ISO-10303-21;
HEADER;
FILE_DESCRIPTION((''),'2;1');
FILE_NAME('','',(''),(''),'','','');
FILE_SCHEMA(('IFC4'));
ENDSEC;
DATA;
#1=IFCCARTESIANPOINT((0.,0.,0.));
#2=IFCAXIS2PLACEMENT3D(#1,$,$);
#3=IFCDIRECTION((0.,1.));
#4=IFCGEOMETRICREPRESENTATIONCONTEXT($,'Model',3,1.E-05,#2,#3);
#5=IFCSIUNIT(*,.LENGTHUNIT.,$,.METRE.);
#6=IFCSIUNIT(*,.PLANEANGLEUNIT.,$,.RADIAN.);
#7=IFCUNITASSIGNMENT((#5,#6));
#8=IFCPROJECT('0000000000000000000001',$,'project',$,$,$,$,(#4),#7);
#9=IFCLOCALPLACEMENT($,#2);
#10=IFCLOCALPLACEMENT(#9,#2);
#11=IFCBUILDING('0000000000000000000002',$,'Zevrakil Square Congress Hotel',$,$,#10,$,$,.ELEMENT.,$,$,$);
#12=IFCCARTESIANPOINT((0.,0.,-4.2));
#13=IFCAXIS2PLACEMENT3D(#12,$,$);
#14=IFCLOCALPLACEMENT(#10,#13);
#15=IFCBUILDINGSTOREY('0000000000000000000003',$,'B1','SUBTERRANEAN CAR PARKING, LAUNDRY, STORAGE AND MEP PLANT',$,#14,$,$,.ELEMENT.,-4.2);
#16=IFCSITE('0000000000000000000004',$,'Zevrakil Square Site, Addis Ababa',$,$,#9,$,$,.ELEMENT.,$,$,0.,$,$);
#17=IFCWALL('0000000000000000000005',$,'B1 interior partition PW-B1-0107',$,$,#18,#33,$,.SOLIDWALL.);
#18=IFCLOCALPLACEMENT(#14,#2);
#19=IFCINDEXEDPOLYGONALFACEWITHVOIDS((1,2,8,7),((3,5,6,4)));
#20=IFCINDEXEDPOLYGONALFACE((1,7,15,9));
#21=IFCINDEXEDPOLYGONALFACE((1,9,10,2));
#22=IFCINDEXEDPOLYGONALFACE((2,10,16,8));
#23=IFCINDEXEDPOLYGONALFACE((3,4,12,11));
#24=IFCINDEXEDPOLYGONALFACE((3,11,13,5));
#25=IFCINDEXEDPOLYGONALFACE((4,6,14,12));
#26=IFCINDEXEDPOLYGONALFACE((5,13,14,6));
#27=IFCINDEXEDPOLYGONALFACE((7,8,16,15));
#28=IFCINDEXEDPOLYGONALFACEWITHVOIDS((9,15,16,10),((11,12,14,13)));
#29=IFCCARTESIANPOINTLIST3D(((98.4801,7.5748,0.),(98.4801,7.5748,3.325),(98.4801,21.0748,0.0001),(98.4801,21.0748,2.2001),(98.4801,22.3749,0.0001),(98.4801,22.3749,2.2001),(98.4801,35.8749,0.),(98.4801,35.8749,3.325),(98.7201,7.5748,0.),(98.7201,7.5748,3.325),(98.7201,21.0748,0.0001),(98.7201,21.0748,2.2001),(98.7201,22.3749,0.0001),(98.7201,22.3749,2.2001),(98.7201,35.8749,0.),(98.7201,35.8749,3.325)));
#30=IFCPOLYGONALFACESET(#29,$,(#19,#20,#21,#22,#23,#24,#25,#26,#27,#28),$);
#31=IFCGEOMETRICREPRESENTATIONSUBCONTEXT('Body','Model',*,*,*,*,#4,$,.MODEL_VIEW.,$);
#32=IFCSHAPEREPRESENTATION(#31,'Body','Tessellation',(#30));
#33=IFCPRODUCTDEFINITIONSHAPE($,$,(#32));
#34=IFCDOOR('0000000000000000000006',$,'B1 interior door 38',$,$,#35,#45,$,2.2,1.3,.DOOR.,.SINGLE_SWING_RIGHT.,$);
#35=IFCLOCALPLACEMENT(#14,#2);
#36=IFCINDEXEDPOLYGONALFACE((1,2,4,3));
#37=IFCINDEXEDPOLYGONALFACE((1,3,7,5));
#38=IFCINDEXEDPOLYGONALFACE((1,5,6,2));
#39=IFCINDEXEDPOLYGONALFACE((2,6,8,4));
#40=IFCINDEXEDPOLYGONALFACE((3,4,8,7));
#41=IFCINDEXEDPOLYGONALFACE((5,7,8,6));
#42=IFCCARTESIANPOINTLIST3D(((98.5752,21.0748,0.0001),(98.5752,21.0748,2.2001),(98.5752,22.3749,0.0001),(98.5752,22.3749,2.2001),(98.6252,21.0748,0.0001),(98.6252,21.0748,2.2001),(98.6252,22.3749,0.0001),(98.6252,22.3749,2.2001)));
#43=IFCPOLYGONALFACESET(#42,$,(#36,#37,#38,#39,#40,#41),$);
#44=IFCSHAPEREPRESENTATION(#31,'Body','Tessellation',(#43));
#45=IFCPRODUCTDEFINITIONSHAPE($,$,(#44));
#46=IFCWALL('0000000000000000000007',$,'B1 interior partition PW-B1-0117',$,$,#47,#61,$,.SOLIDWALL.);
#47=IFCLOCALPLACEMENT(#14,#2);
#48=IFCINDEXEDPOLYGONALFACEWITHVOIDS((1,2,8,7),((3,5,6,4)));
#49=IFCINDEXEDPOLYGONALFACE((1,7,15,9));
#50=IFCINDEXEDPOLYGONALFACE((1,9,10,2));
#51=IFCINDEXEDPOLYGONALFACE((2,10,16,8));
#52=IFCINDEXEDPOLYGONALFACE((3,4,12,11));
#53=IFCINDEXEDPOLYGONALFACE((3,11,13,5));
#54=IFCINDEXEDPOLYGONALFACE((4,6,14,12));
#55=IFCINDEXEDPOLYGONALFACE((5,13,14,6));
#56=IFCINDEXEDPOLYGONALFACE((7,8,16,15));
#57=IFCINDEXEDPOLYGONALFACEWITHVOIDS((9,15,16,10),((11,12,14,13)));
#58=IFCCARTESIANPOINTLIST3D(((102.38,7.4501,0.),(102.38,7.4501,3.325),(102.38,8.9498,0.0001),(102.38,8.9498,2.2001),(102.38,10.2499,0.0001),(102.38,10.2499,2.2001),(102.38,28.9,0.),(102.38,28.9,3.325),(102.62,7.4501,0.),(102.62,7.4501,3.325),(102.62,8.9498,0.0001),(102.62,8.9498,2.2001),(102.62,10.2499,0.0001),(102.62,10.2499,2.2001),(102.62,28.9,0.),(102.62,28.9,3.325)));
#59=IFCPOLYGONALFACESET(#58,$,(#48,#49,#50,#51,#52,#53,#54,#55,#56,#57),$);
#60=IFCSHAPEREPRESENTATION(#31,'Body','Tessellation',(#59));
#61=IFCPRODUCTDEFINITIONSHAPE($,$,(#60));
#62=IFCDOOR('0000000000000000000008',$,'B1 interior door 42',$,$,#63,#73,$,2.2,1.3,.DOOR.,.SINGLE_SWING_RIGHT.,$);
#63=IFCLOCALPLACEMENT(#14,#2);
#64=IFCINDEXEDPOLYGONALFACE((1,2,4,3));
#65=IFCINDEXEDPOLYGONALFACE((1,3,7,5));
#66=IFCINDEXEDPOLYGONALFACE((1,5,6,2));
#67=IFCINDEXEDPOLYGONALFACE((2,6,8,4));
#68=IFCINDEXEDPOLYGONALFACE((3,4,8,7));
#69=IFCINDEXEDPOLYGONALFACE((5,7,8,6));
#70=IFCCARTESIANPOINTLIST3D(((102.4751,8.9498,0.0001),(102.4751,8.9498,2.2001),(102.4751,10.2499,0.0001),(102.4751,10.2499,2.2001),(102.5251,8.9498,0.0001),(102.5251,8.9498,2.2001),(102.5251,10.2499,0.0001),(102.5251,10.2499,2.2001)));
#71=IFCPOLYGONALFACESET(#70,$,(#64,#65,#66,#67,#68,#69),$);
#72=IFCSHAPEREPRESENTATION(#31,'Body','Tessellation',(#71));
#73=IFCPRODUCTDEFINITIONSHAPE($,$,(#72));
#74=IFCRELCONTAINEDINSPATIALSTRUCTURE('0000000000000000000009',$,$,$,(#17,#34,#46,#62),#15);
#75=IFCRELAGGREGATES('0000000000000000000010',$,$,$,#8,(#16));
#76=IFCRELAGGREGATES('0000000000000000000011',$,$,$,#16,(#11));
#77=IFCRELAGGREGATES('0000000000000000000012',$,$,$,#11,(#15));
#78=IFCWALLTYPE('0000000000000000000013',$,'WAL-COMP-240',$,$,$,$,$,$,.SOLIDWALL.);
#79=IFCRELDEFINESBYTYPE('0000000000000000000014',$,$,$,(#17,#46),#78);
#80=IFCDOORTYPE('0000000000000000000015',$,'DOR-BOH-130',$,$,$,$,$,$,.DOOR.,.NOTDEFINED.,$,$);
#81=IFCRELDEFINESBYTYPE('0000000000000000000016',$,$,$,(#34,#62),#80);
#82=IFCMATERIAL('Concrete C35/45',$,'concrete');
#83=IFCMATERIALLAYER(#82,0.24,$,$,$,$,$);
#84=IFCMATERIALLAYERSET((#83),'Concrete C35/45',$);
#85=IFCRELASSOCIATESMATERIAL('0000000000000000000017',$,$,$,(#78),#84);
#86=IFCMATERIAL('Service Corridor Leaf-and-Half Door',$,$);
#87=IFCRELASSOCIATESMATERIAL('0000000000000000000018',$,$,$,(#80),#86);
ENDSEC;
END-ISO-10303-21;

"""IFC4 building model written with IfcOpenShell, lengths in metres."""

from ifc_helpers import new_model, si_unit, direction, frame, frame_2d, origin, place, context, subcontext, project, spatial, rectangle, extrude, material, layer, layer_set, type_object, element, fill, save


model = new_model("IFC4")

# Units and contexts
model_context = context("Model", 3, precision=1e-05, world=origin(), true_north=direction((0.0, 1.0)))
body_context = subcontext(model_context, "Body", "Model", "MODEL_VIEW")
ifc_project = project(units=[si_unit("LENGTHUNIT", "METRE"), si_unit("PLANEANGLEUNIT", "RADIAN")], contexts=[model_context])

# Site, building, storey
site_placement = place(None, origin())
site = spatial("IfcSite", under=ifc_project, at=site_placement, Name="Zevrakil Square Site, Addis Ababa", CompositionType="ELEMENT", RefElevation=0.0)
building_placement = place(site_placement, origin())
building = spatial("IfcBuilding", under=site, at=building_placement, Name="Zevrakil Square Congress Hotel", CompositionType="ELEMENT")
storey_placement = place(building_placement, frame((0.0, 0.0, -4.2)))
storey = spatial("IfcBuildingStorey", under=building, at=storey_placement, Name="B1", Description="SUBTERRANEAN CAR PARKING, LAUNDRY, STORAGE AND MEP PLANT", CompositionType="ELEMENT", Elevation=-4.2)

# Walls, openings, doors
ifc_material_1 = material(Name="Concrete C35/45", Category="concrete")
ifc_layer = layer(ifc_material_1, 0.24)
ifc_layer_set = layer_set([ifc_layer], Name="Concrete C35/45")
wall_type = type_object("IfcWallType", Name="WAL-COMP-240", PredefinedType="SOLIDWALL", material=ifc_layer_set)
wall_1_placement = place(storey_placement, frame((98.6001, 7.575, 0.0), z_axis=(0.0, 0.0, 1.0), x_axis=(0.0, 1.0, 0.0)))
wall_1 = element("IfcWall", 1, at=wall_1_placement, inside=storey, type_object=wall_type, Name="B1 interior partition PW-B1-0107", PredefinedType="SOLIDWALL", context=body_context, shape_type="SweptSolid", body=[
    extrude(rectangle(XDim=28.3, YDim=0.24, at=frame_2d((14.1499, 0.0))), origin(), (0.0, 0.0, 1.0), 3.325),
])
opening_1_placement = place(wall_1_placement, frame((13.5, 0.0, 0.0)))
opening_1 = element("IfcOpeningElement", 2, at=opening_1_placement, cuts=wall_1, PredefinedType="OPENING", context=body_context, shape_type="SweptSolid", body=[
    extrude(rectangle(XDim=1.3, YDim=2.2, at=frame_2d((0.6499, 1.1001))), frame((0.0, 0.1299, 0.0), z_axis=(0.0, -1.0, 0.0), x_axis=(1.0, 0.0, 0.0)), (0.0, 0.0, 1.0), 0.26),
])
ifc_material_2 = material(Name="Service Corridor Leaf-and-Half Door")
door_type = type_object("IfcDoorType", Name="DOR-BOH-130", OperationType="NOTDEFINED", PredefinedType="DOOR", material=ifc_material_2)
door_1_placement = place(opening_1_placement, origin())
door_1 = element("IfcDoor", 3, at=door_1_placement, inside=storey, type_object=door_type, Name="B1 interior door 38", OperationType="SINGLE_SWING_RIGHT", OverallHeight=2.2, OverallWidth=1.3, PredefinedType="DOOR", context=body_context, shape_type="SweptSolid", body=[
    extrude(rectangle(XDim=1.3, YDim=2.2, at=frame_2d((0.6499, 1.1001))), frame((0.0, 0.0249, 0.0), z_axis=(0.0, -1.0, 0.0), x_axis=(1.0, 0.0, 0.0)), (0.0, 0.0, 1.0), 0.05),
])
fill(opening_1, door_1)
wall_2_placement = place(storey_placement, frame((102.5, 7.45, 0.0), z_axis=(0.0, 0.0, 1.0), x_axis=(0.0, 1.0, 0.0)))
wall_2 = element("IfcWall", 4, at=wall_2_placement, inside=storey, type_object=wall_type, Name="B1 interior partition PW-B1-0117", PredefinedType="SOLIDWALL", context=body_context, shape_type="SweptSolid", body=[
    extrude(rectangle(XDim=21.45, YDim=0.24, at=frame_2d((10.7251, 0.0))), origin(), (0.0, 0.0, 1.0), 3.325),
])
opening_2_placement = place(wall_2_placement, frame((1.5, 0.0, 0.0)))
opening_2 = element("IfcOpeningElement", 5, at=opening_2_placement, cuts=wall_2, PredefinedType="OPENING", context=body_context, shape_type="SweptSolid", body=[
    extrude(rectangle(XDim=1.3, YDim=2.2, at=frame_2d((0.6499, 1.1001))), frame((0.0, 0.1299, 0.0), z_axis=(0.0, -1.0, 0.0), x_axis=(1.0, 0.0, 0.0)), (0.0, 0.0, 1.0), 0.26),
])
door_2_placement = place(opening_2_placement, origin())
door_2 = element("IfcDoor", 6, at=door_2_placement, inside=storey, type_object=door_type, Name="B1 interior door 42", OperationType="SINGLE_SWING_RIGHT", OverallHeight=2.2, OverallWidth=1.3, PredefinedType="DOOR", context=body_context, shape_type="SweptSolid", body=[
    extrude(rectangle(XDim=1.3, YDim=2.2, at=frame_2d((0.6499, 1.1001))), frame((0.0, 0.0249, 0.0), z_axis=(0.0, -1.0, 0.0), x_axis=(1.0, 0.0, 0.0)), (0.0, 0.0, 1.0), 0.05),
])
fill(opening_2, door_2)

save(model, "model.ifc")
